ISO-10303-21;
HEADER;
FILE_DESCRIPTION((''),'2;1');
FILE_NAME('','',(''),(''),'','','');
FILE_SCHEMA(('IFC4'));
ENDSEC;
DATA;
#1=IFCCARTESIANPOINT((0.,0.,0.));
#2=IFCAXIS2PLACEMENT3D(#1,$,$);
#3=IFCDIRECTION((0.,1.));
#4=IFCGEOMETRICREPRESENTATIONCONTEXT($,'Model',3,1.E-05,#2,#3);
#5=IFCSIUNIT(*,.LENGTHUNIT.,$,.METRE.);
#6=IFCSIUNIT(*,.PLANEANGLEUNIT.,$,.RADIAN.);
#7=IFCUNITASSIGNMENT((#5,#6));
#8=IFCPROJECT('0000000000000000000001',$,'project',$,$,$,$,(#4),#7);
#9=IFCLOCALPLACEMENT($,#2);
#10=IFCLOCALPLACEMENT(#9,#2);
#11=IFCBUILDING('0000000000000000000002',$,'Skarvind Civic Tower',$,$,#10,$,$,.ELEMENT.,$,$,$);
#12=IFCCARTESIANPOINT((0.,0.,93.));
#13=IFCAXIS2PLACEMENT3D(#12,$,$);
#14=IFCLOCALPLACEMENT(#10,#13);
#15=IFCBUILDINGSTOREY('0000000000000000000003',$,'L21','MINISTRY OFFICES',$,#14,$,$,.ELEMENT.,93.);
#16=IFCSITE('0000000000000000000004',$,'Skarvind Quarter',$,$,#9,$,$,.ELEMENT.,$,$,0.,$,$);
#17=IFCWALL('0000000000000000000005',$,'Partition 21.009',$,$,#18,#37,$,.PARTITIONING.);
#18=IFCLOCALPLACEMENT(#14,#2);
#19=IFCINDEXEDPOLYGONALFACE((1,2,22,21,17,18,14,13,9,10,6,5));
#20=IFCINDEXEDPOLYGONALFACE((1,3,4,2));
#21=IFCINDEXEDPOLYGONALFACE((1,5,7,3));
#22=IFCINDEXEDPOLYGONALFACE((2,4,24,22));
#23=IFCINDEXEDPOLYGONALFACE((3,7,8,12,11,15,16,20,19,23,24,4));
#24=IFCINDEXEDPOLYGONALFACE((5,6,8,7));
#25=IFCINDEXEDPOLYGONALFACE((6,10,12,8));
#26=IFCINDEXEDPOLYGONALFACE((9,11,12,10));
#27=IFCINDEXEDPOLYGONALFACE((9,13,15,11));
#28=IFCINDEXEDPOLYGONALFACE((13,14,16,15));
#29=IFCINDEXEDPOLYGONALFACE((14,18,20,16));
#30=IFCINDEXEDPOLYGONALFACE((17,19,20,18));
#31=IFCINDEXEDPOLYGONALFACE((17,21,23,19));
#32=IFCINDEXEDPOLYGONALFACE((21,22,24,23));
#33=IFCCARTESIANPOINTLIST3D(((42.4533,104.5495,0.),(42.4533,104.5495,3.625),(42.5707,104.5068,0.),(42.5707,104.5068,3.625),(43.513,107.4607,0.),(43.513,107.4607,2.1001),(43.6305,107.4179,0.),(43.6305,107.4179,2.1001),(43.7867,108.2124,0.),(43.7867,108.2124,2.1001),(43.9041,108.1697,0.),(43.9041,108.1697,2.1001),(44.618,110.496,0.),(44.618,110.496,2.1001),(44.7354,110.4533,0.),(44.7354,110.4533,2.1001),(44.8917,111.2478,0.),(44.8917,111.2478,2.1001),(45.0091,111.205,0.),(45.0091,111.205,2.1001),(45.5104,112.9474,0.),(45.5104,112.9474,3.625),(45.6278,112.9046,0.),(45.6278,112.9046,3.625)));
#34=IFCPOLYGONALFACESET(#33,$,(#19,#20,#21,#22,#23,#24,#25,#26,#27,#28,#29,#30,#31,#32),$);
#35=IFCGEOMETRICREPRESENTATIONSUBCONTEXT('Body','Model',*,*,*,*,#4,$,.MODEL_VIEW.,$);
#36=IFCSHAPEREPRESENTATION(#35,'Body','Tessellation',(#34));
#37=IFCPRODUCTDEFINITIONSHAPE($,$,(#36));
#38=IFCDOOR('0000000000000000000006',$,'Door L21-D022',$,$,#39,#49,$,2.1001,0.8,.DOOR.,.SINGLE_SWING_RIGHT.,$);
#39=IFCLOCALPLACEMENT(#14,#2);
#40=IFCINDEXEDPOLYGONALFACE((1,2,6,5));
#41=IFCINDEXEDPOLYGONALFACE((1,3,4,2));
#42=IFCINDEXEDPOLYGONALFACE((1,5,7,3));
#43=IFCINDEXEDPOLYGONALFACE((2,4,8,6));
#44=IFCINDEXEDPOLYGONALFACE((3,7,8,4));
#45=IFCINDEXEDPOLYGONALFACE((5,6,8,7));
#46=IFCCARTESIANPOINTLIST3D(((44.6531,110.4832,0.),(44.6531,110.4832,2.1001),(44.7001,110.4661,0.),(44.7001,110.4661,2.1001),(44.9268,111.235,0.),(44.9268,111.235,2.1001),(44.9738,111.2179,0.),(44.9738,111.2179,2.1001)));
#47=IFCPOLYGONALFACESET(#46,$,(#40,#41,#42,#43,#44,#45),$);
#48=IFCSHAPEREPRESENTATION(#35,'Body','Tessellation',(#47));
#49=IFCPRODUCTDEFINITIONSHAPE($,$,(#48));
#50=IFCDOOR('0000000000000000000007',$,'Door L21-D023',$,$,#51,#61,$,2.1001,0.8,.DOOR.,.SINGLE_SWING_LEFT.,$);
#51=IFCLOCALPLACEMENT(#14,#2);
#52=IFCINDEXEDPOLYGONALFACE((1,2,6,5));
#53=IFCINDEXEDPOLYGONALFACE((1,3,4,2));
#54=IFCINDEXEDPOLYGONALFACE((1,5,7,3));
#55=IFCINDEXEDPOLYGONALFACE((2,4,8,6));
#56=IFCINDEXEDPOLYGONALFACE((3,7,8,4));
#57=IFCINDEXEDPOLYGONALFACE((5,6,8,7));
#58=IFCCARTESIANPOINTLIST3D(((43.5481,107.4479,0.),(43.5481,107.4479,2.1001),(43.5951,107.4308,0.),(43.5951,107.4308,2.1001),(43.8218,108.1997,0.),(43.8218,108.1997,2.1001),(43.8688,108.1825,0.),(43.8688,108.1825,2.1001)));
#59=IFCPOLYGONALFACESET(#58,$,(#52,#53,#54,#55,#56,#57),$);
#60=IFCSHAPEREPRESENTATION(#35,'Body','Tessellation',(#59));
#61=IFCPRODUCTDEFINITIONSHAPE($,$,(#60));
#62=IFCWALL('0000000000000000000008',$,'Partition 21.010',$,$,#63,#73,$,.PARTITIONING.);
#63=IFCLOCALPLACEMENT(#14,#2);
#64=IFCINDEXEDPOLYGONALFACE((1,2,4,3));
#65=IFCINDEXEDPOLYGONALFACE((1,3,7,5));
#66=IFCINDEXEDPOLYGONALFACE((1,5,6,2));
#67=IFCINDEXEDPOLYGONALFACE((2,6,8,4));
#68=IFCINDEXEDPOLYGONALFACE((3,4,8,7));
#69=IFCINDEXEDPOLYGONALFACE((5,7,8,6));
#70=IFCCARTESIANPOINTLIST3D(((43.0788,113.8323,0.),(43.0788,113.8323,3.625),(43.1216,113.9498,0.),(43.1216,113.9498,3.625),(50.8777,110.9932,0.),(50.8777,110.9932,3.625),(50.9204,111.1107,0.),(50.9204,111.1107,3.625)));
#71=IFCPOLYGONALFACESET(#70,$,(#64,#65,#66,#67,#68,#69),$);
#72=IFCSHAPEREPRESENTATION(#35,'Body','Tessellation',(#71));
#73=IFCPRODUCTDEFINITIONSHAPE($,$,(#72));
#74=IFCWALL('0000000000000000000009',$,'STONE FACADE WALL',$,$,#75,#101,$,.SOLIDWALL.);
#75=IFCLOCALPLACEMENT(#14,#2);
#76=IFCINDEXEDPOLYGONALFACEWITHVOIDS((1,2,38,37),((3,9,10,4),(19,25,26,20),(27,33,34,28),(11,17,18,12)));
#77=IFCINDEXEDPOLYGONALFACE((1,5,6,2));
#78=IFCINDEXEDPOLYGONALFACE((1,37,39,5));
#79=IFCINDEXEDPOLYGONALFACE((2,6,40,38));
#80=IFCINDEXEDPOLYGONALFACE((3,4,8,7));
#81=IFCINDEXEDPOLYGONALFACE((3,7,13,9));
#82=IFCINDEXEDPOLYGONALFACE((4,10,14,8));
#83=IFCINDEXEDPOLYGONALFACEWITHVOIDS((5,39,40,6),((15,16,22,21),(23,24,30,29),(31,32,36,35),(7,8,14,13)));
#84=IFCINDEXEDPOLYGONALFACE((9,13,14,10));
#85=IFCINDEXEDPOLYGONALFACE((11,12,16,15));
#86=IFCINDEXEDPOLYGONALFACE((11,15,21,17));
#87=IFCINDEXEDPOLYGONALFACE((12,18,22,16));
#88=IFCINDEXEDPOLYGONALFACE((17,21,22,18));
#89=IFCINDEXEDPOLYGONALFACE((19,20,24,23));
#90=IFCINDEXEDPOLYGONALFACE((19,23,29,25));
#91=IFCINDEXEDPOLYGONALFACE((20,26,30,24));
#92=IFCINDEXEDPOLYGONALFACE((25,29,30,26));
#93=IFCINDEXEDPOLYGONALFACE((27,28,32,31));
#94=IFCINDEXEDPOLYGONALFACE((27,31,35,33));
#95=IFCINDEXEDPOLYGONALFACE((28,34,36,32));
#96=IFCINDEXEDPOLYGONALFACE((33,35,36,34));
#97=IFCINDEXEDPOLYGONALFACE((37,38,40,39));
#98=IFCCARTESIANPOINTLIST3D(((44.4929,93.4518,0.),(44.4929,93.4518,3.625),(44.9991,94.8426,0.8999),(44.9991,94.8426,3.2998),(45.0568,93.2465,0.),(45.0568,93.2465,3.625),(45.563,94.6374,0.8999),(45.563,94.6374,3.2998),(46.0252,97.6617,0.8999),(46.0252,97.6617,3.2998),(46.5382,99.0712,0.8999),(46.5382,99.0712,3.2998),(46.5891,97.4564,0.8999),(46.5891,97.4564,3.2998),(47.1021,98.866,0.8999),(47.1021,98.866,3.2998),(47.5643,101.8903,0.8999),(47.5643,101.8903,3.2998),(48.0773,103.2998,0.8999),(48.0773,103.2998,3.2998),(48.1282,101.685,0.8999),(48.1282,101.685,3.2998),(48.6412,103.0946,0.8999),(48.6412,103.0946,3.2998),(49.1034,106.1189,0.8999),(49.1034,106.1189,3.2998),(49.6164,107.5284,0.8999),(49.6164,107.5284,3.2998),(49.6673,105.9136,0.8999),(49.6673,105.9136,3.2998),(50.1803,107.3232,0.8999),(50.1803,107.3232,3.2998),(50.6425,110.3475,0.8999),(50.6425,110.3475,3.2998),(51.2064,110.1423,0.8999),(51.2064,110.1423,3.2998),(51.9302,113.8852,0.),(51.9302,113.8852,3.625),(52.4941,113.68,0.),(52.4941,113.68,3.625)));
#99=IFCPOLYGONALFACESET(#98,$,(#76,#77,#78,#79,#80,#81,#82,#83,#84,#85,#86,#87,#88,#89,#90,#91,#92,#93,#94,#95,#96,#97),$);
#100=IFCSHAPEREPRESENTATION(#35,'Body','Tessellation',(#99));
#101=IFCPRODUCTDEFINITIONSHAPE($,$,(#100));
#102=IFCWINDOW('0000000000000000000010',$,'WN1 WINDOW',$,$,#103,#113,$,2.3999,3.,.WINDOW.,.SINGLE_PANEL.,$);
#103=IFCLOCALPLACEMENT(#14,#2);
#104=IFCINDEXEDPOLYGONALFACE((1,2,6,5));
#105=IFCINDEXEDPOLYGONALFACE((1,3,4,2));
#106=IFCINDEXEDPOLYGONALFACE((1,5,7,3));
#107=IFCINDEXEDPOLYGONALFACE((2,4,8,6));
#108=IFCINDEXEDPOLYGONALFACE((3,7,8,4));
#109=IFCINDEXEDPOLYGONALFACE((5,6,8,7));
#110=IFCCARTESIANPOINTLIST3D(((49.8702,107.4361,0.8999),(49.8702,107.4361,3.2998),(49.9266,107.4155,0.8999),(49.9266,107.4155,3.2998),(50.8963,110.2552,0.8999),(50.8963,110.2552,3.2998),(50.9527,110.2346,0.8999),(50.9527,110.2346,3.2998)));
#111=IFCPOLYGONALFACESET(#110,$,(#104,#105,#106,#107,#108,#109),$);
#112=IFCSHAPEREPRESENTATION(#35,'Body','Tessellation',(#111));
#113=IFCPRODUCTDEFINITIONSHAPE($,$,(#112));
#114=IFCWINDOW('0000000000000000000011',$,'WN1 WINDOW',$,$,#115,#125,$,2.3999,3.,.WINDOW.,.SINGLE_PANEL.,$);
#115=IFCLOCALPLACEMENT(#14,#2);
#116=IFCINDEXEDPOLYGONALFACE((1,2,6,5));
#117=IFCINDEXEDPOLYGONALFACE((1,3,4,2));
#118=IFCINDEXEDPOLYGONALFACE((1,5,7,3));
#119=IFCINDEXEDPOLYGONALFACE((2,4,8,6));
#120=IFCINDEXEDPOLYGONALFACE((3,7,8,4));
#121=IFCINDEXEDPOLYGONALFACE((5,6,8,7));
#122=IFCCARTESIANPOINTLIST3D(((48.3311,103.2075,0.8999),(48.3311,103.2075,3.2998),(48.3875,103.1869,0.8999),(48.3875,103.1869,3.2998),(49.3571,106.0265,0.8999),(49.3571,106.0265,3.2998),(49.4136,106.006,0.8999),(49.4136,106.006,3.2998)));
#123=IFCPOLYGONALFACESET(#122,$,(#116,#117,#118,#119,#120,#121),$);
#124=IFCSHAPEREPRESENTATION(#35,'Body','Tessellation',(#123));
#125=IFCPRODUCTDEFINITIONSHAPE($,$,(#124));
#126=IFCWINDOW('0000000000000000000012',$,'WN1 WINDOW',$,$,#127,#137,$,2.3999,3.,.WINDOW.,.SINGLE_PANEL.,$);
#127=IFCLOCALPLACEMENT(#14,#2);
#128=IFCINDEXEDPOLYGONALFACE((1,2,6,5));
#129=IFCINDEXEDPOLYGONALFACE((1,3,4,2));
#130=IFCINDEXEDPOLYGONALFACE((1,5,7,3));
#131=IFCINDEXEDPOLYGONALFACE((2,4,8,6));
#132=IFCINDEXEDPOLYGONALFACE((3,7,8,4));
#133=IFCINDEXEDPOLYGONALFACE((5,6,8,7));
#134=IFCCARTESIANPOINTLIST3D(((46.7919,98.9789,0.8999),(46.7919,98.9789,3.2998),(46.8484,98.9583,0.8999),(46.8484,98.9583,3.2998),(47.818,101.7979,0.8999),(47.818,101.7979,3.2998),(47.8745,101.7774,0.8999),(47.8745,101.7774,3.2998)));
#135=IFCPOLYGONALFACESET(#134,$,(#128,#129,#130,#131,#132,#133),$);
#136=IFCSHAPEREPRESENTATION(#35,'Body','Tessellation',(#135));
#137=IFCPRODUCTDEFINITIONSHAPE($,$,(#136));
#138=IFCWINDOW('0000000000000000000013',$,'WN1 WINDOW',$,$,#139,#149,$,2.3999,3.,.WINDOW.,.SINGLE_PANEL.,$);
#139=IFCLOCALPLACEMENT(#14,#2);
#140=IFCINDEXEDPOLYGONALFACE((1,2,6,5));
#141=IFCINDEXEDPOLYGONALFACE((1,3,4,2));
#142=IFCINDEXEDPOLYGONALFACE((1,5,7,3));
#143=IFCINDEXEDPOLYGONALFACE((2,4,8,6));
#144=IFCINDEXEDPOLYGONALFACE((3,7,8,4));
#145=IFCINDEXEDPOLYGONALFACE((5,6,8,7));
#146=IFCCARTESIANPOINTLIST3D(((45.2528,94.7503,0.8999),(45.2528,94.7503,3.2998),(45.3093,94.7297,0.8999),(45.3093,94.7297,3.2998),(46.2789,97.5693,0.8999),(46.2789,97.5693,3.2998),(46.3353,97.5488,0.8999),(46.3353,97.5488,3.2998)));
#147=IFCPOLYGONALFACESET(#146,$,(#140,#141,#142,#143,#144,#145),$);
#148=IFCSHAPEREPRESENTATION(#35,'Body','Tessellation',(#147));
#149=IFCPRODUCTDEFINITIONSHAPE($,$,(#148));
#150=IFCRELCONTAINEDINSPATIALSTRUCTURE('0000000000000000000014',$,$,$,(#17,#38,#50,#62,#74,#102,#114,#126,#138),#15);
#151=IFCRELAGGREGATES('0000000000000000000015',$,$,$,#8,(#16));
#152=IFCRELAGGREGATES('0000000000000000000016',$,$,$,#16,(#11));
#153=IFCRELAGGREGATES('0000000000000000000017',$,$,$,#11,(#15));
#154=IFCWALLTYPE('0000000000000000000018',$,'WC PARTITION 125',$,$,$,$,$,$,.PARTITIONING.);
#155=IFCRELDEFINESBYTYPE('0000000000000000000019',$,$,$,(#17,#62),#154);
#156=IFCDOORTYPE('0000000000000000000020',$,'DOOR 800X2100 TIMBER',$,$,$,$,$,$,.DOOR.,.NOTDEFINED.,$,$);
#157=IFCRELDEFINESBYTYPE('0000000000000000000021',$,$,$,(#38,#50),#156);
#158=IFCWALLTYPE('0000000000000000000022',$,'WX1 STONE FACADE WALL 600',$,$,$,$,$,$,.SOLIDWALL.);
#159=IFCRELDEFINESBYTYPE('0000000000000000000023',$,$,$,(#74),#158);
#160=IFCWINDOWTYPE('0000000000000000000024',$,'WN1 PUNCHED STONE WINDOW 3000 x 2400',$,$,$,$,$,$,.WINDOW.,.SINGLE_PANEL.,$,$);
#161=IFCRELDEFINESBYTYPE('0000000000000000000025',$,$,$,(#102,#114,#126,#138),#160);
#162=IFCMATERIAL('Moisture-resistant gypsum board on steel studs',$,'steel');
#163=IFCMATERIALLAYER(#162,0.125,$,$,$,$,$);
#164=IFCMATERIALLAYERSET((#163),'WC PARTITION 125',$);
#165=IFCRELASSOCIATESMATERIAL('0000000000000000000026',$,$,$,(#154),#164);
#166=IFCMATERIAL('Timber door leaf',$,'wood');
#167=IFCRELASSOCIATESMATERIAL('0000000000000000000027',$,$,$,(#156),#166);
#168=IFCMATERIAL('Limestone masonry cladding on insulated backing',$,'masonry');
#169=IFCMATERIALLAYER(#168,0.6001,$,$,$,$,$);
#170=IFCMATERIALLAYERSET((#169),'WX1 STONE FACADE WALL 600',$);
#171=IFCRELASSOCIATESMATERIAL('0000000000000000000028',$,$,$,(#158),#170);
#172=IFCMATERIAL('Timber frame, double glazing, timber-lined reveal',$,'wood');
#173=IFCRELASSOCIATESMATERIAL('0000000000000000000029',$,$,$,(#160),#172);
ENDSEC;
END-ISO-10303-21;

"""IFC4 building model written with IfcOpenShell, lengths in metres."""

from ifc_helpers import new_model, si_unit, direction, frame, frame_2d, origin, place, context, subcontext, project, spatial, rectangle, extrude, material, layer, layer_set, type_object, element, fill, save


model = new_model("IFC4")

# Units and contexts
model_context = context("Model", 3, precision=1e-05, world=origin(), true_north=direction((0.0, 1.0)))
body_context = subcontext(model_context, "Body", "Model", "MODEL_VIEW")
ifc_project = project(units=[si_unit("LENGTHUNIT", "METRE"), si_unit("PLANEANGLEUNIT", "RADIAN")], contexts=[model_context])

# Site, building, storey
site_placement = place(None, origin())
site = spatial("IfcSite", under=ifc_project, at=site_placement, Name="Skarvind Quarter", CompositionType="ELEMENT", RefElevation=0.0)
building_placement = place(site_placement, origin())
building = spatial("IfcBuilding", under=site, at=building_placement, Name="Skarvind Civic Tower", CompositionType="ELEMENT")
storey_placement = place(building_placement, frame((0.0, 0.0, 93.0)))
storey = spatial("IfcBuildingStorey", under=building, at=storey_placement, Name="L21", Description="MINISTRY OFFICES", CompositionType="ELEMENT", Elevation=93.0)

# Wall, openings, doors
ifc_material_1 = material(Name="Moisture-resistant gypsum board on steel studs", Category="steel")
ifc_layer_1 = layer(ifc_material_1, 0.125)
ifc_layer_set_1 = layer_set([ifc_layer_1], Name="WC PARTITION 125")
wall_type_1 = type_object("IfcWallType", Name="WC PARTITION 125", PredefinedType="PARTITIONING", material=ifc_layer_set_1)
wall_1_placement = place(storey_placement, frame((45.5691, 112.926, 0.0), z_axis=(0.0, 0.0, 1.0), x_axis=(-0.342072, -0.939674, 0.0)))
wall_1 = element("IfcWall", 1, at=wall_1_placement, inside=storey, type_object=wall_type_1, Name="Partition 21.009", PredefinedType="PARTITIONING", context=body_context, shape_type="SweptSolid", body=[
    extrude(rectangle(XDim=8.937, YDim=0.125, at=frame_2d((4.4685, 0.0))), origin(), (0.0, 0.0, 1.0), 3.625),
])
opening_1_placement = place(wall_1_placement, frame((1.8088, 0.0, 0.0)))
opening_1 = element("IfcOpeningElement", 2, at=opening_1_placement, cuts=wall_1, PredefinedType="OPENING", context=body_context, shape_type="SweptSolid", body=[
    extrude(rectangle(XDim=0.8, YDim=2.1001, at=frame_2d((0.3999, 1.05))), frame((0.0, 0.0725, 0.0), z_axis=(0.0, -1.0, 0.0), x_axis=(1.0, 0.0, 0.0)), (0.0, 0.0, 1.0), 0.145),
])
opening_2_placement = place(wall_1_placement, frame((5.0391, 0.0, 0.0)))
opening_2 = element("IfcOpeningElement", 3, at=opening_2_placement, cuts=wall_1, PredefinedType="OPENING", context=body_context, shape_type="SweptSolid", body=[
    extrude(rectangle(XDim=0.8, YDim=2.1001, at=frame_2d((0.3999, 1.05))), frame((0.0, 0.0725, 0.0), z_axis=(0.0, -1.0, 0.0), x_axis=(1.0, 0.0, 0.0)), (0.0, 0.0, 1.0), 0.145),
])
ifc_material_2 = material(Name="Timber door leaf", Category="wood")
door_type_1 = type_object("IfcDoorType", Name="DOOR 800X2100 TIMBER", OperationType="NOTDEFINED", PredefinedType="DOOR", material=ifc_material_2)
door_1_placement = place(opening_1_placement, origin())
door_1 = element("IfcDoor", 4, at=door_1_placement, inside=storey, type_object=door_type_1, Name="Door L21-D022", OperationType="SINGLE_SWING_RIGHT", OverallHeight=2.1001, OverallWidth=0.8, PredefinedType="DOOR", context=body_context, shape_type="SweptSolid", body=[
    extrude(rectangle(XDim=0.8, YDim=2.1001, at=frame_2d((0.3999, 1.05))), frame((0.0, 0.0249, 0.0), z_axis=(0.0, -1.0, 0.0), x_axis=(1.0, 0.0, 0.0)), (0.0, 0.0, 1.0), 0.05),
])
fill(opening_1, door_1)
door_2_placement = place(opening_2_placement, origin())
door_2 = element("IfcDoor", 5, at=door_2_placement, inside=storey, type_object=door_type_1, Name="Door L21-D023", OperationType="SINGLE_SWING_LEFT", OverallHeight=2.1001, OverallWidth=0.8, PredefinedType="DOOR", context=body_context, shape_type="SweptSolid", body=[
    extrude(rectangle(XDim=0.8, YDim=2.1001, at=frame_2d((0.3999, 1.05))), frame((0.0, 0.0249, 0.0), z_axis=(0.0, -1.0, 0.0), x_axis=(1.0, 0.0, 0.0)), (0.0, 0.0, 1.0), 0.05),
])
fill(opening_2, door_2)

# Wall
wall_2_placement = place(storey_placement, frame((43.1001, 113.8911, 0.0), z_axis=(0.0, 0.0, 1.0), x_axis=(0.939671, -0.342081, 0.0)))
element("IfcWall", 6, at=wall_2_placement, inside=storey, type_object=wall_type_1, Name="Partition 21.010", PredefinedType="PARTITIONING", context=body_context, shape_type="SweptSolid", body=[
    extrude(rectangle(XDim=8.2996, YDim=0.125, at=frame_2d((4.1499, 0.0))), origin(), (0.0, 0.0, 1.0), 3.625),
])

# Wall, openings, windows
ifc_material_3 = material(Name="Limestone masonry cladding on insulated backing", Category="masonry")
ifc_layer_2 = layer(ifc_material_3, 0.6001)
ifc_layer_set_2 = layer_set([ifc_layer_2], Name="WX1 STONE FACADE WALL 600")
wall_type_2 = type_object("IfcWallType", Name="WX1 STONE FACADE WALL 600", PredefinedType="SOLIDWALL", material=ifc_layer_set_2)
wall_3_placement = place(storey_placement, frame((52.2122, 113.7827, 0.0), z_axis=(0.0, 0.0, 1.0), x_axis=(-0.342025, -0.939691, 0.0)))
wall_3 = element("IfcWall", 7, at=wall_3_placement, inside=storey, type_object=wall_type_2, Name="STONE FACADE WALL", PredefinedType="SOLIDWALL", context=body_context, shape_type="SweptSolid", body=[
    extrude(rectangle(XDim=21.7449, YDim=0.6001, at=frame_2d((10.8726, 0.0))), origin(), (0.0, 0.0, 1.0), 3.625),
])
opening_3_placement = place(wall_3_placement, frame((3.7649, 0.0, 0.8999)))
opening_3 = element("IfcOpeningElement", 8, at=opening_3_placement, cuts=wall_3, PredefinedType="OPENING", context=body_context, shape_type="SweptSolid", body=[
    extrude(rectangle(XDim=3.0, YDim=2.3999, at=frame_2d((1.5, 1.2))), frame((0.0, 0.3101, 0.0), z_axis=(0.0, -1.0, 0.0), x_axis=(1.0, 0.0, 0.0)), (0.0, 0.0, 1.0), 0.6201),
])
opening_4_placement = place(wall_3_placement, frame((8.2649, 0.0, 0.8999)))
opening_4 = element("IfcOpeningElement", 9, at=opening_4_placement, cuts=wall_3, PredefinedType="OPENING", context=body_context, shape_type="SweptSolid", body=[
    extrude(rectangle(XDim=3.0, YDim=2.3999, at=frame_2d((1.5, 1.2))), frame((0.0, 0.3101, 0.0), z_axis=(0.0, -1.0, 0.0), x_axis=(1.0, 0.0, 0.0)), (0.0, 0.0, 1.0), 0.6201),
])
opening_5_placement = place(wall_3_placement, frame((12.7649, 0.0, 0.8999)))
opening_5 = element("IfcOpeningElement", 10, at=opening_5_placement, cuts=wall_3, PredefinedType="OPENING", context=body_context, shape_type="SweptSolid", body=[
    extrude(rectangle(XDim=3.0, YDim=2.3999, at=frame_2d((1.5, 1.2))), frame((0.0, 0.3101, 0.0), z_axis=(0.0, -1.0, 0.0), x_axis=(1.0, 0.0, 0.0)), (0.0, 0.0, 1.0), 0.6201),
])
opening_6_placement = place(wall_3_placement, frame((17.2649, 0.0, 0.8999)))
opening_6 = element("IfcOpeningElement", 11, at=opening_6_placement, cuts=wall_3, PredefinedType="OPENING", context=body_context, shape_type="SweptSolid", body=[
    extrude(rectangle(XDim=3.0, YDim=2.3999, at=frame_2d((1.5, 1.2))), frame((0.0, 0.3101, 0.0), z_axis=(0.0, -1.0, 0.0), x_axis=(1.0, 0.0, 0.0)), (0.0, 0.0, 1.0), 0.6201),
])
ifc_material_4 = material(Name="Timber frame, double glazing, timber-lined reveal", Category="wood")
window_type = type_object("IfcWindowType", Name="WN1 PUNCHED STONE WINDOW 3000 x 2400", PartitioningType="SINGLE_PANEL", PredefinedType="WINDOW", material=ifc_material_4)
window_1_placement = place(opening_3_placement, origin())
window_1 = element("IfcWindow", 12, at=window_1_placement, inside=storey, type_object=window_type, Name="WN1 WINDOW", OverallHeight=2.3999, OverallWidth=3.0, PartitioningType="SINGLE_PANEL", PredefinedType="WINDOW", context=body_context, shape_type="SweptSolid", body=[
    extrude(rectangle(XDim=3.0, YDim=2.3999, at=frame_2d((1.5, 1.2))), frame((0.0, 0.03, 0.0), z_axis=(0.0, -1.0, 0.0), x_axis=(1.0, 0.0, 0.0)), (0.0, 0.0, 1.0), 0.0601),
])
fill(opening_3, window_1)
window_2_placement = place(opening_4_placement, origin())
window_2 = element("IfcWindow", 13, at=window_2_placement, inside=storey, type_object=window_type, Name="WN1 WINDOW", OverallHeight=2.3999, OverallWidth=3.0, PartitioningType="SINGLE_PANEL", PredefinedType="WINDOW", context=body_context, shape_type="SweptSolid", body=[
    extrude(rectangle(XDim=3.0, YDim=2.3999, at=frame_2d((1.5, 1.2))), frame((0.0, 0.03, 0.0), z_axis=(0.0, -1.0, 0.0), x_axis=(1.0, 0.0, 0.0)), (0.0, 0.0, 1.0), 0.0601),
])
fill(opening_4, window_2)
window_3_placement = place(opening_5_placement, origin())
window_3 = element("IfcWindow", 14, at=window_3_placement, inside=storey, type_object=window_type, Name="WN1 WINDOW", OverallHeight=2.3999, OverallWidth=3.0, PartitioningType="SINGLE_PANEL", PredefinedType="WINDOW", context=body_context, shape_type="SweptSolid", body=[
    extrude(rectangle(XDim=3.0, YDim=2.3999, at=frame_2d((1.5, 1.2))), frame((0.0, 0.03, 0.0), z_axis=(0.0, -1.0, 0.0), x_axis=(1.0, 0.0, 0.0)), (0.0, 0.0, 1.0), 0.0601),
])
fill(opening_5, window_3)
window_4_placement = place(opening_6_placement, origin())
window_4 = element("IfcWindow", 15, at=window_4_placement, inside=storey, type_object=window_type, Name="WN1 WINDOW", OverallHeight=2.3999, OverallWidth=3.0, PartitioningType="SINGLE_PANEL", PredefinedType="WINDOW", context=body_context, shape_type="SweptSolid", body=[
    extrude(rectangle(XDim=3.0, YDim=2.3999, at=frame_2d((1.5, 1.2))), frame((0.0, 0.03, 0.0), z_axis=(0.0, -1.0, 0.0), x_axis=(1.0, 0.0, 0.0)), (0.0, 0.0, 1.0), 0.0601),
])
fill(opening_6, window_4)

save(model, "model.ifc")
